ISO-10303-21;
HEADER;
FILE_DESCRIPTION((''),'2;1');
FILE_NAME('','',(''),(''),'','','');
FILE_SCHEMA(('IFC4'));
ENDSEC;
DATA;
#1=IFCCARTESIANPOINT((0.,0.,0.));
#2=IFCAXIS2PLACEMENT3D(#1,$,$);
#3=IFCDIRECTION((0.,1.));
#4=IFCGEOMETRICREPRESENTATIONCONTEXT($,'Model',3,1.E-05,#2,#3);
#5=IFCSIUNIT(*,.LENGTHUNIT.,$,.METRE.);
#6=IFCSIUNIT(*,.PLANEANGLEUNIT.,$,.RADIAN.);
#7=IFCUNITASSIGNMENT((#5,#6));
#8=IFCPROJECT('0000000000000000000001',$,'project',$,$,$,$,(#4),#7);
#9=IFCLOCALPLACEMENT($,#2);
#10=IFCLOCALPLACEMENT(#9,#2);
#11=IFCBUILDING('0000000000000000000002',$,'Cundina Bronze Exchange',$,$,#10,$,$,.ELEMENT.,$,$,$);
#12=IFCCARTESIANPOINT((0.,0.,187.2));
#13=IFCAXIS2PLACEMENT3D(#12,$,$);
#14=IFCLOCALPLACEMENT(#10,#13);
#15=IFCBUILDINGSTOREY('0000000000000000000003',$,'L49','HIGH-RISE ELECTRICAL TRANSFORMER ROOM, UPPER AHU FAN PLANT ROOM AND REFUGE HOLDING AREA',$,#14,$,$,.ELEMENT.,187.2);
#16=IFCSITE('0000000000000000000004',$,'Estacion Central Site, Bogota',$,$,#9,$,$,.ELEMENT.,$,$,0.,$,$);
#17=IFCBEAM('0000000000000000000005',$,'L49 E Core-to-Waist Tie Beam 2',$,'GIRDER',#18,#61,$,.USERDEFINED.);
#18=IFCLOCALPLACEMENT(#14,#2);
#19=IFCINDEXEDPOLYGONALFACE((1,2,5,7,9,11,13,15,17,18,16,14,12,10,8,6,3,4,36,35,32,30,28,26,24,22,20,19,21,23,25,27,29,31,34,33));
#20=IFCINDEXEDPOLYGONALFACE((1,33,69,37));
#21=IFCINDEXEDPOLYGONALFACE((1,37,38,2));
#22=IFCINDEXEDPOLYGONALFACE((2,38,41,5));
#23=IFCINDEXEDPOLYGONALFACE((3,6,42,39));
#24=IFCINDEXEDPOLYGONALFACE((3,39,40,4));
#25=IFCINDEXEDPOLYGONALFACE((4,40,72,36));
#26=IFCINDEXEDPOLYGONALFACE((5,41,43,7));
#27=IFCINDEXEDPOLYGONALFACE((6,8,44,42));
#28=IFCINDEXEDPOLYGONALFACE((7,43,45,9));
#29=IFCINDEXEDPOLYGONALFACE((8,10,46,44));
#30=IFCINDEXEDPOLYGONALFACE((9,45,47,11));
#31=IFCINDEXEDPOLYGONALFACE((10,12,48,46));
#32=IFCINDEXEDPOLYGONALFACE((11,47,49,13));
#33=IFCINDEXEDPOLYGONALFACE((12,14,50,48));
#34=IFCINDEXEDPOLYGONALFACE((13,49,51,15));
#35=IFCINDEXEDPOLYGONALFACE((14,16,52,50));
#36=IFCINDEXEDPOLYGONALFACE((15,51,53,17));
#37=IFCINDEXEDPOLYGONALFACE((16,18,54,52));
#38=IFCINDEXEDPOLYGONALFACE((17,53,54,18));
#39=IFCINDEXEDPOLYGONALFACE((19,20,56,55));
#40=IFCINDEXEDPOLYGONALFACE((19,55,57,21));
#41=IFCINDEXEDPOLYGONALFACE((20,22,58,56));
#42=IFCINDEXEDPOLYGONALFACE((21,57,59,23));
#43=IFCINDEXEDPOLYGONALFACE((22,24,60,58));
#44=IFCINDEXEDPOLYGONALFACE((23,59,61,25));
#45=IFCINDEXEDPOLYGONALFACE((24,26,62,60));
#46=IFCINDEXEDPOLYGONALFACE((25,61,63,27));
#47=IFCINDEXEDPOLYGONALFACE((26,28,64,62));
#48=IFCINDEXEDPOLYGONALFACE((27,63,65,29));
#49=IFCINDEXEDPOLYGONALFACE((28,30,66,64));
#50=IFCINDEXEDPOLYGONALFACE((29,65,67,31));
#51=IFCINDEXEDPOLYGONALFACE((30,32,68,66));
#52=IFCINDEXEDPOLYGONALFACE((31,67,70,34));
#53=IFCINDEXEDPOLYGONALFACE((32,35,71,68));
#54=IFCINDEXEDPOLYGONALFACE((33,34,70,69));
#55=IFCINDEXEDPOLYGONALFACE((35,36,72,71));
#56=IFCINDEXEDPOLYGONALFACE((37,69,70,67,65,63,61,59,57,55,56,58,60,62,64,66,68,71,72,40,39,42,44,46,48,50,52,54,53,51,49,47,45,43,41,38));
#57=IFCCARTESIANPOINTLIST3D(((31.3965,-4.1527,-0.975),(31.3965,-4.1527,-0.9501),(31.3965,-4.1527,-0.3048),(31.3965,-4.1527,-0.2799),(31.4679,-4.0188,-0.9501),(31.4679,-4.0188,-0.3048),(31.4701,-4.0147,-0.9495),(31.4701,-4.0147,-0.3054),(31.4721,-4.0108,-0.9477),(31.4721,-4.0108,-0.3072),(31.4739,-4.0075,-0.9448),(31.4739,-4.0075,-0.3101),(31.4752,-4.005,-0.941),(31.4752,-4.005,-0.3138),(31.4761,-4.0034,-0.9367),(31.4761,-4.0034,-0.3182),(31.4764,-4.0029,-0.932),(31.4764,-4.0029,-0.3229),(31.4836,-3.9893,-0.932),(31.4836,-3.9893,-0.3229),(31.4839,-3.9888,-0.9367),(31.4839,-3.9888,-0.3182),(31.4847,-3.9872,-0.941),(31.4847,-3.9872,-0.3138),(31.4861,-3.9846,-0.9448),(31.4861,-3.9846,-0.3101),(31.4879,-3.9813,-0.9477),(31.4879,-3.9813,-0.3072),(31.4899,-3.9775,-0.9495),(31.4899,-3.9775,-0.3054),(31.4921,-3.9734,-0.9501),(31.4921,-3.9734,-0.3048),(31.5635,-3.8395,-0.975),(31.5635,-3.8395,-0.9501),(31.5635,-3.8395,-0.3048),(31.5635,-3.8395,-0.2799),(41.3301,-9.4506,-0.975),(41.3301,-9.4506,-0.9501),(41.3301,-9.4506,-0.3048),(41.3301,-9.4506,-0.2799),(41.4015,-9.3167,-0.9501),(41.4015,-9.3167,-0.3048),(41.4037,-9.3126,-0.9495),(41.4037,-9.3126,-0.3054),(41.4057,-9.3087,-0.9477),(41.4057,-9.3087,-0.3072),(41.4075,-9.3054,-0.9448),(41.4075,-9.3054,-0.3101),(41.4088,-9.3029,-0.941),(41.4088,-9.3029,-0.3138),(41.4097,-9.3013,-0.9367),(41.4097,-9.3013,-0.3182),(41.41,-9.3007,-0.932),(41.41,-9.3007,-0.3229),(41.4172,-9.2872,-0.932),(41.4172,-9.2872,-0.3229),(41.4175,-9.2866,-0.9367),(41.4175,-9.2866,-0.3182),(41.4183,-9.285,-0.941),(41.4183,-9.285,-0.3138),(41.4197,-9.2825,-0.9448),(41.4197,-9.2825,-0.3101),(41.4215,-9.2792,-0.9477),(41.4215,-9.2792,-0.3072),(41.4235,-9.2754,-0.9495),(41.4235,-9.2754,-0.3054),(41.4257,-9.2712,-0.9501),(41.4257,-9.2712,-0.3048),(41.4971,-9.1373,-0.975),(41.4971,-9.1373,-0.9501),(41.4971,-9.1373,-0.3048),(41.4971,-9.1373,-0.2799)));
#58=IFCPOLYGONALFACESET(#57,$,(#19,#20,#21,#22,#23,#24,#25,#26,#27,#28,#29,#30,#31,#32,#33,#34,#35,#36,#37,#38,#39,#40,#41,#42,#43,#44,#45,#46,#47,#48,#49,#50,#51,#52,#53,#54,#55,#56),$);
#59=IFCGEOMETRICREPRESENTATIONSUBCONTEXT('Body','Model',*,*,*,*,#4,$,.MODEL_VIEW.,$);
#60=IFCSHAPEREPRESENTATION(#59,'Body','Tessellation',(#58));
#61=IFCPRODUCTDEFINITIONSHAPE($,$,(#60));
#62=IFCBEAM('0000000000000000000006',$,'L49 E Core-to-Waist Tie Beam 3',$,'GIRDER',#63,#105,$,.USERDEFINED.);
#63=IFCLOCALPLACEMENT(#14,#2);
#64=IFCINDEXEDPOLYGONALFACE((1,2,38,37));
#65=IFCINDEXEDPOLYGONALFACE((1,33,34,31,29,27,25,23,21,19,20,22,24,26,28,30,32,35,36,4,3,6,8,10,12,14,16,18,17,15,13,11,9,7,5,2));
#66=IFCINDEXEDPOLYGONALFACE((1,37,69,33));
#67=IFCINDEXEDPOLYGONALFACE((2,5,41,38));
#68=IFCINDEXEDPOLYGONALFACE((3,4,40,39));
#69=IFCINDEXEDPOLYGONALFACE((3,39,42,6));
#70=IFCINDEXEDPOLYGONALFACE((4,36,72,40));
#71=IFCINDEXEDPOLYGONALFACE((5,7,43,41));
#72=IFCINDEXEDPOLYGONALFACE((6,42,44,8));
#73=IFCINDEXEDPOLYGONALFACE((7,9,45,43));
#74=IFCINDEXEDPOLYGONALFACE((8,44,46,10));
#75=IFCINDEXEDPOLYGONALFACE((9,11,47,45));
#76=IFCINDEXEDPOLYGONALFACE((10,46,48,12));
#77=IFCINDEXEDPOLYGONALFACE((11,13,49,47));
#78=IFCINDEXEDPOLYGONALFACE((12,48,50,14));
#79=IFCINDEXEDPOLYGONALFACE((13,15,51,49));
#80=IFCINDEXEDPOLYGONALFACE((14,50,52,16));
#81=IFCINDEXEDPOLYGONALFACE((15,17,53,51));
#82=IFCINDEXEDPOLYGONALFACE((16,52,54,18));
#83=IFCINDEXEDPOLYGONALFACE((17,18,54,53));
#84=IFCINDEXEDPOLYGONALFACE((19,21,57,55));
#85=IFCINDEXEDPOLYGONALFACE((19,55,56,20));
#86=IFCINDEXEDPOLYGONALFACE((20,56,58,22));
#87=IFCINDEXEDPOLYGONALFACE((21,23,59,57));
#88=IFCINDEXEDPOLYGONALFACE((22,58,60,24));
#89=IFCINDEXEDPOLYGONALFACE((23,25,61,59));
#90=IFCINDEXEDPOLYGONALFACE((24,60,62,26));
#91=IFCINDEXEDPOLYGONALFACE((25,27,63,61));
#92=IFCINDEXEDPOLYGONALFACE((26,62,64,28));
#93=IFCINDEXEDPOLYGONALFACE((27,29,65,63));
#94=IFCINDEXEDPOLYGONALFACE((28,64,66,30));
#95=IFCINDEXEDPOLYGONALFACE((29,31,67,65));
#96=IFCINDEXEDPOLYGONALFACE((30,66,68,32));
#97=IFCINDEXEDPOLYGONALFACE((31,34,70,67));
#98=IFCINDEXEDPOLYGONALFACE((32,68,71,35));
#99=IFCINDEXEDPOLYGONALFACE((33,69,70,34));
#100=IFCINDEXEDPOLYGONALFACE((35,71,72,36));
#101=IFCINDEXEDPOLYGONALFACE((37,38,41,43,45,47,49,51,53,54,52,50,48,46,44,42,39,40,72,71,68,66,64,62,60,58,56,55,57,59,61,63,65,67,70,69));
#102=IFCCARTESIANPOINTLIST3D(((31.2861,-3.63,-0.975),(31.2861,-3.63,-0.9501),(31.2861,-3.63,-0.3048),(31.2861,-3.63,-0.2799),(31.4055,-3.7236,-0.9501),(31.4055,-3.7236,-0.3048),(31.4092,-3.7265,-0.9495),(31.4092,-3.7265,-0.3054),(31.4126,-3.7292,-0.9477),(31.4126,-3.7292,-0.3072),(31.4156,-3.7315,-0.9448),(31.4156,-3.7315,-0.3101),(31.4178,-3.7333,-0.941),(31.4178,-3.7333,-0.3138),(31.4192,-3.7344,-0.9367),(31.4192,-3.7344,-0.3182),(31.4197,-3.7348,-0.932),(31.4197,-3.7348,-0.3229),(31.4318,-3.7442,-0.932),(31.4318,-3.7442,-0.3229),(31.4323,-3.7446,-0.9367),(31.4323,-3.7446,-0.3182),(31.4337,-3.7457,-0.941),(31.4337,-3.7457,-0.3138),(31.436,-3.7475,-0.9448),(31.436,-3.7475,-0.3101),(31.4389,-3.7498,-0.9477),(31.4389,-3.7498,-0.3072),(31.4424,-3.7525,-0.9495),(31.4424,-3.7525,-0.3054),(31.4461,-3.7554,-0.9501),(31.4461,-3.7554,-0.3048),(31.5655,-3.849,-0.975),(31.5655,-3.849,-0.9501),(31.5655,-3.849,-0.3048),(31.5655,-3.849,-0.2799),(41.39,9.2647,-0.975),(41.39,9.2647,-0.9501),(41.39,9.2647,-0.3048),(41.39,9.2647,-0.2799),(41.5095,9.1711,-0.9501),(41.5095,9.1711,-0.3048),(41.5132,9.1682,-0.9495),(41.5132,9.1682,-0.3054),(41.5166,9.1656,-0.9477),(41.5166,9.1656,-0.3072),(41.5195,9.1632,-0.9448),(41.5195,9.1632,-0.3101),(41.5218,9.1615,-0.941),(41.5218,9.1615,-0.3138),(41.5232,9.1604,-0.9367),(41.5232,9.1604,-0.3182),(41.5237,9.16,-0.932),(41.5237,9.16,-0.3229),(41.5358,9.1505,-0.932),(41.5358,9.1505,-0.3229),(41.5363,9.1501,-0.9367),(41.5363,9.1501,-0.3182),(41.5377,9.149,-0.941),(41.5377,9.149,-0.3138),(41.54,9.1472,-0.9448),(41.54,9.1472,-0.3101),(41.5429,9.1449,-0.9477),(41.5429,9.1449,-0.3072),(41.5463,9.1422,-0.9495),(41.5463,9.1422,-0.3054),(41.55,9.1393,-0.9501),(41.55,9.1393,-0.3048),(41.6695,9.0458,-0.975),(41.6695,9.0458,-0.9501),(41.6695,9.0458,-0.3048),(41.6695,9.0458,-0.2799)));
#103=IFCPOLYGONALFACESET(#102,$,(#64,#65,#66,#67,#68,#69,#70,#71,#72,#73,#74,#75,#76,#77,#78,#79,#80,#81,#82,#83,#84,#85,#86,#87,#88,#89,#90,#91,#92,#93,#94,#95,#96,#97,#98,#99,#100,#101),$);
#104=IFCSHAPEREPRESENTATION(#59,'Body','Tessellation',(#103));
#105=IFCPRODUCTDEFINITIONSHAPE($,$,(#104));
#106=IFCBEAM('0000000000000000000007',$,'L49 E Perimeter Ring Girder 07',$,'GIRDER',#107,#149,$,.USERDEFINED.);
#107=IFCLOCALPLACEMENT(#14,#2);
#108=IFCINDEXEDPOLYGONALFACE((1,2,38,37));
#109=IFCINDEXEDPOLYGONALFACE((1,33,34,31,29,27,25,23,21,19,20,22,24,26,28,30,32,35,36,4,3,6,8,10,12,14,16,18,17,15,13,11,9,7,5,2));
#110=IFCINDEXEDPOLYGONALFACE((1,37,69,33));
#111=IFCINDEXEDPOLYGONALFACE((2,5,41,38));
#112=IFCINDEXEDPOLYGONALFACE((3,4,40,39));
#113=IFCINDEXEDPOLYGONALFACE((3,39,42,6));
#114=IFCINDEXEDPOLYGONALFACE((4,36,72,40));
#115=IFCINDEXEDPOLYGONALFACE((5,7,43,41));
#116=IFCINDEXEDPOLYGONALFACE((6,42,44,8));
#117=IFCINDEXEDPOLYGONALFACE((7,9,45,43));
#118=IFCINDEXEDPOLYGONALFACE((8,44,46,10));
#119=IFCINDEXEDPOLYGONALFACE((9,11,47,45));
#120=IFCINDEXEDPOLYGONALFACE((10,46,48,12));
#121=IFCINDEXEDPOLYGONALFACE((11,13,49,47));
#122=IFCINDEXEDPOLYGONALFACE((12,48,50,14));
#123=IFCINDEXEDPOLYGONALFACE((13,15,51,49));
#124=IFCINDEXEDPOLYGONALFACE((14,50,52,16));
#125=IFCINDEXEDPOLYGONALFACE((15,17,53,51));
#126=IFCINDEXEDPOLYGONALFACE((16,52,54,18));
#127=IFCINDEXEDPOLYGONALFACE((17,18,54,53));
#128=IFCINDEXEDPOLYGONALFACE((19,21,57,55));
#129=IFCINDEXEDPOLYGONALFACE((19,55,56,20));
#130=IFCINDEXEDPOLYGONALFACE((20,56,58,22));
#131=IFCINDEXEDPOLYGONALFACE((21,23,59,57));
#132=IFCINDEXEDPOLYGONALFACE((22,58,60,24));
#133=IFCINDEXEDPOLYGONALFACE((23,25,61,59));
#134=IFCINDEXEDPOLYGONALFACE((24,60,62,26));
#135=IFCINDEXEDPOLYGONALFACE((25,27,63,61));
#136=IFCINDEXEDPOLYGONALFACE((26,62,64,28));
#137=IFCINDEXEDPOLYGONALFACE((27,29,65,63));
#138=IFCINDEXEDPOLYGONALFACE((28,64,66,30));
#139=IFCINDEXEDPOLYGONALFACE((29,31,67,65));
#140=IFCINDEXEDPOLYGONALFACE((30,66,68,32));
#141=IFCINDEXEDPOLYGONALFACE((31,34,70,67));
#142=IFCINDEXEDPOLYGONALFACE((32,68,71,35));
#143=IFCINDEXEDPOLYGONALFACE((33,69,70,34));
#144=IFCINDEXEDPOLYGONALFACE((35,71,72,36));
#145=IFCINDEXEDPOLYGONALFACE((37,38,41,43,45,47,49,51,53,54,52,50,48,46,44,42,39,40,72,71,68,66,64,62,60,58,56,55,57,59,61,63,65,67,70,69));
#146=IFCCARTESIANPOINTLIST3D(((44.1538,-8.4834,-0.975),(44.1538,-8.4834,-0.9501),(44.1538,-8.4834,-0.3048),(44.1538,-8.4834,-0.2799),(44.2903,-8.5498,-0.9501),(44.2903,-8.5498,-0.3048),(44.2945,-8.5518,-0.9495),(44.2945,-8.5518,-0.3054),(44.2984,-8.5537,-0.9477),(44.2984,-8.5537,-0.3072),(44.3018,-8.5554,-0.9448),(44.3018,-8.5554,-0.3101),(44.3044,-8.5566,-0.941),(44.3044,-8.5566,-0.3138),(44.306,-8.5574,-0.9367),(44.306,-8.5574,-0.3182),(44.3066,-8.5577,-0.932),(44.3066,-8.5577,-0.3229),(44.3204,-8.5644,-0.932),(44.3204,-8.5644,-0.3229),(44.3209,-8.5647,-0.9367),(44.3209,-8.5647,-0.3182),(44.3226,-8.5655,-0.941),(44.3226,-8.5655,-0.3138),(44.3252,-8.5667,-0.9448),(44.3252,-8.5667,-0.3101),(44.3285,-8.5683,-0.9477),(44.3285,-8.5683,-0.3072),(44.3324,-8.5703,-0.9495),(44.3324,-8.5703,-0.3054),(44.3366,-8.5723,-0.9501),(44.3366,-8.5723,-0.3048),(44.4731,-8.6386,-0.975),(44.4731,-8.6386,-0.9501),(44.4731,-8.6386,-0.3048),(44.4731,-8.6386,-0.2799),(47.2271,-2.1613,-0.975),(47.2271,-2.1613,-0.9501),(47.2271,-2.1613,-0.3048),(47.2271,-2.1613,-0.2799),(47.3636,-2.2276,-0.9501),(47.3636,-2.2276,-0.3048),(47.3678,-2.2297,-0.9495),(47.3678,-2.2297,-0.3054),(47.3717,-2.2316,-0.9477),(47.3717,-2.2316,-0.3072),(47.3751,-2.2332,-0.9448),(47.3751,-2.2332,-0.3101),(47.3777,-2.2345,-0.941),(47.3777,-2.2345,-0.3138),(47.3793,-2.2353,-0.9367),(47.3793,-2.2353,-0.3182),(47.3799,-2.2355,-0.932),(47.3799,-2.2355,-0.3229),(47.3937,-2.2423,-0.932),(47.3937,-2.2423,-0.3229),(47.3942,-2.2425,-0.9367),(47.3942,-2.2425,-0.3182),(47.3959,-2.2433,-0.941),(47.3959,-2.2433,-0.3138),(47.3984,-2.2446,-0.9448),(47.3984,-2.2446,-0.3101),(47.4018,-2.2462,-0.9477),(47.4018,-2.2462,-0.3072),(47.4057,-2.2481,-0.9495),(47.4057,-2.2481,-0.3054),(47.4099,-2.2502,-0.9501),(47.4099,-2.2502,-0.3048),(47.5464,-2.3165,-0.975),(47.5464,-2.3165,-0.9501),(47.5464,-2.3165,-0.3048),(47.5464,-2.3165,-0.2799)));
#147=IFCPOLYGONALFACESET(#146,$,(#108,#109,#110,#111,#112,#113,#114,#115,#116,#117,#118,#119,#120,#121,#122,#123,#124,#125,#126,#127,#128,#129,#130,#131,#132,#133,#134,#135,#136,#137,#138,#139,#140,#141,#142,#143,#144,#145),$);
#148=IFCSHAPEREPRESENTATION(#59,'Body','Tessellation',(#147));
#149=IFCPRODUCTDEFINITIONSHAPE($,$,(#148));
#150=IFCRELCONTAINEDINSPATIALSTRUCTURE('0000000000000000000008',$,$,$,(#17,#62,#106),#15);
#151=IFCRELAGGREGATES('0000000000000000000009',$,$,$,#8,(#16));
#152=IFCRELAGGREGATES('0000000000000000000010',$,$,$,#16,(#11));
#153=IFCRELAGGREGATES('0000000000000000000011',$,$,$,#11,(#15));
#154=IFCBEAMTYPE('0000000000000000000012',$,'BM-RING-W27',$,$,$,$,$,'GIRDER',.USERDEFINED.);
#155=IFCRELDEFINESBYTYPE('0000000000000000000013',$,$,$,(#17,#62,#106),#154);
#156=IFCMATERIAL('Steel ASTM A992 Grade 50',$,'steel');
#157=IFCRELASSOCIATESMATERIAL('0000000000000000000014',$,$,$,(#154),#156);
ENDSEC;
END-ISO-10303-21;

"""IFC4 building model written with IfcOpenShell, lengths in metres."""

from ifc_helpers import new_model, si_unit, direction, frame, origin, origin_2d, place, context, subcontext, project, spatial, i_section, extrude, material, material_profile, profile_set, type_object, element, save


model = new_model("IFC4")

# Units and contexts
model_context = context("Model", 3, precision=1e-05, world=origin(), true_north=direction((0.0, 1.0)))
body_context = subcontext(model_context, "Body", "Model", "MODEL_VIEW")
ifc_project = project(units=[si_unit("LENGTHUNIT", "METRE"), si_unit("PLANEANGLEUNIT", "RADIAN")], contexts=[model_context])

# Site, building, storey
site_placement = place(None, origin())
site = spatial("IfcSite", under=ifc_project, at=site_placement, Name="Estacion Central Site, Bogota", CompositionType="ELEMENT", RefElevation=0.0)
building_placement = place(site_placement, origin())
building = spatial("IfcBuilding", under=site, at=building_placement, Name="Cundina Bronze Exchange", CompositionType="ELEMENT")
storey_placement = place(building_placement, frame((0.0, 0.0, 187.2)))
storey = spatial("IfcBuildingStorey", under=building, at=storey_placement, Name="L49", Description="HIGH-RISE ELECTRICAL TRANSFORMER ROOM, UPPER AHU FAN PLANT ROOM AND REFUGE HOLDING AREA", CompositionType="ELEMENT", Elevation=187.2)

# Beams
ifc_material_1 = material(Name="Steel ASTM A992 Grade 50", Category="steel")
ifc_material_profile_1 = material_profile(ifc_material_1, i_section(OverallWidth=0.355, OverallDepth=0.6951, WebThickness=0.0154, FlangeThickness=0.0249, FilletRadius=0.0181, at=origin_2d()), Name="W27X146", Category="steel")
ifc_profile_set_1 = profile_set([ifc_material_profile_1], Name="Steel ASTM A992 Grade 50")
beam_type_1 = type_object("IfcBeamType", Name="BM-RING-W27", ElementType="GIRDER", PredefinedType="USERDEFINED", material=ifc_profile_set_1)
beam_1_placement = place(storey_placement, frame((31.48, -3.9961, -0.6274), z_axis=(0.882355, -0.470584, 0.0), x_axis=(0.470584, 0.882355, 0.0)))
element("IfcBeam", 1, at=beam_1_placement, inside=storey, type_object=beam_type_1, Name="L49 E Core-to-Waist Tie Beam 2", ObjectType="GIRDER", PredefinedType="USERDEFINED", context=body_context, shape_type="SweptSolid", body=[
    extrude(i_section(OverallWidth=0.355, OverallDepth=0.6951, WebThickness=0.0154, FlangeThickness=0.0249, FilletRadius=0.0181, at=origin_2d()), origin(), (0.0, 0.0, 1.0), 11.2581),
])
beam_2_placement = place(storey_placement, frame((31.4258, -3.7395, -0.6274), z_axis=(0.616779, 0.787136, 0.0), x_axis=(-0.787136, 0.616779, 0.0)))
element("IfcBeam", 2, at=beam_2_placement, inside=storey, type_object=beam_type_1, Name="L49 E Core-to-Waist Tie Beam 3", ObjectType="GIRDER", PredefinedType="USERDEFINED", context=body_context, shape_type="SweptSolid", body=[
    extrude(i_section(OverallWidth=0.355, OverallDepth=0.6951, WebThickness=0.0154, FlangeThickness=0.0249, FilletRadius=0.0181, at=origin_2d()), origin(), (0.0, 0.0, 1.0), 16.3818),
])
beam_3_placement = place(storey_placement, frame((44.3135, -8.561, -0.6274), z_axis=(0.437197, 0.899366, 0.0), x_axis=(-0.899366, 0.437197, 0.0)))
element("IfcBeam", 3, at=beam_3_placement, inside=storey, type_object=beam_type_1, Name="L49 E Perimeter Ring Girder 07", ObjectType="GIRDER", PredefinedType="USERDEFINED", context=body_context, shape_type="SweptSolid", body=[
    extrude(i_section(OverallWidth=0.355, OverallDepth=0.6951, WebThickness=0.0154, FlangeThickness=0.0249, FilletRadius=0.0181, at=origin_2d()), origin(), (0.0, 0.0, 1.0), 7.0295),
])

save(model, "model.ifc")
